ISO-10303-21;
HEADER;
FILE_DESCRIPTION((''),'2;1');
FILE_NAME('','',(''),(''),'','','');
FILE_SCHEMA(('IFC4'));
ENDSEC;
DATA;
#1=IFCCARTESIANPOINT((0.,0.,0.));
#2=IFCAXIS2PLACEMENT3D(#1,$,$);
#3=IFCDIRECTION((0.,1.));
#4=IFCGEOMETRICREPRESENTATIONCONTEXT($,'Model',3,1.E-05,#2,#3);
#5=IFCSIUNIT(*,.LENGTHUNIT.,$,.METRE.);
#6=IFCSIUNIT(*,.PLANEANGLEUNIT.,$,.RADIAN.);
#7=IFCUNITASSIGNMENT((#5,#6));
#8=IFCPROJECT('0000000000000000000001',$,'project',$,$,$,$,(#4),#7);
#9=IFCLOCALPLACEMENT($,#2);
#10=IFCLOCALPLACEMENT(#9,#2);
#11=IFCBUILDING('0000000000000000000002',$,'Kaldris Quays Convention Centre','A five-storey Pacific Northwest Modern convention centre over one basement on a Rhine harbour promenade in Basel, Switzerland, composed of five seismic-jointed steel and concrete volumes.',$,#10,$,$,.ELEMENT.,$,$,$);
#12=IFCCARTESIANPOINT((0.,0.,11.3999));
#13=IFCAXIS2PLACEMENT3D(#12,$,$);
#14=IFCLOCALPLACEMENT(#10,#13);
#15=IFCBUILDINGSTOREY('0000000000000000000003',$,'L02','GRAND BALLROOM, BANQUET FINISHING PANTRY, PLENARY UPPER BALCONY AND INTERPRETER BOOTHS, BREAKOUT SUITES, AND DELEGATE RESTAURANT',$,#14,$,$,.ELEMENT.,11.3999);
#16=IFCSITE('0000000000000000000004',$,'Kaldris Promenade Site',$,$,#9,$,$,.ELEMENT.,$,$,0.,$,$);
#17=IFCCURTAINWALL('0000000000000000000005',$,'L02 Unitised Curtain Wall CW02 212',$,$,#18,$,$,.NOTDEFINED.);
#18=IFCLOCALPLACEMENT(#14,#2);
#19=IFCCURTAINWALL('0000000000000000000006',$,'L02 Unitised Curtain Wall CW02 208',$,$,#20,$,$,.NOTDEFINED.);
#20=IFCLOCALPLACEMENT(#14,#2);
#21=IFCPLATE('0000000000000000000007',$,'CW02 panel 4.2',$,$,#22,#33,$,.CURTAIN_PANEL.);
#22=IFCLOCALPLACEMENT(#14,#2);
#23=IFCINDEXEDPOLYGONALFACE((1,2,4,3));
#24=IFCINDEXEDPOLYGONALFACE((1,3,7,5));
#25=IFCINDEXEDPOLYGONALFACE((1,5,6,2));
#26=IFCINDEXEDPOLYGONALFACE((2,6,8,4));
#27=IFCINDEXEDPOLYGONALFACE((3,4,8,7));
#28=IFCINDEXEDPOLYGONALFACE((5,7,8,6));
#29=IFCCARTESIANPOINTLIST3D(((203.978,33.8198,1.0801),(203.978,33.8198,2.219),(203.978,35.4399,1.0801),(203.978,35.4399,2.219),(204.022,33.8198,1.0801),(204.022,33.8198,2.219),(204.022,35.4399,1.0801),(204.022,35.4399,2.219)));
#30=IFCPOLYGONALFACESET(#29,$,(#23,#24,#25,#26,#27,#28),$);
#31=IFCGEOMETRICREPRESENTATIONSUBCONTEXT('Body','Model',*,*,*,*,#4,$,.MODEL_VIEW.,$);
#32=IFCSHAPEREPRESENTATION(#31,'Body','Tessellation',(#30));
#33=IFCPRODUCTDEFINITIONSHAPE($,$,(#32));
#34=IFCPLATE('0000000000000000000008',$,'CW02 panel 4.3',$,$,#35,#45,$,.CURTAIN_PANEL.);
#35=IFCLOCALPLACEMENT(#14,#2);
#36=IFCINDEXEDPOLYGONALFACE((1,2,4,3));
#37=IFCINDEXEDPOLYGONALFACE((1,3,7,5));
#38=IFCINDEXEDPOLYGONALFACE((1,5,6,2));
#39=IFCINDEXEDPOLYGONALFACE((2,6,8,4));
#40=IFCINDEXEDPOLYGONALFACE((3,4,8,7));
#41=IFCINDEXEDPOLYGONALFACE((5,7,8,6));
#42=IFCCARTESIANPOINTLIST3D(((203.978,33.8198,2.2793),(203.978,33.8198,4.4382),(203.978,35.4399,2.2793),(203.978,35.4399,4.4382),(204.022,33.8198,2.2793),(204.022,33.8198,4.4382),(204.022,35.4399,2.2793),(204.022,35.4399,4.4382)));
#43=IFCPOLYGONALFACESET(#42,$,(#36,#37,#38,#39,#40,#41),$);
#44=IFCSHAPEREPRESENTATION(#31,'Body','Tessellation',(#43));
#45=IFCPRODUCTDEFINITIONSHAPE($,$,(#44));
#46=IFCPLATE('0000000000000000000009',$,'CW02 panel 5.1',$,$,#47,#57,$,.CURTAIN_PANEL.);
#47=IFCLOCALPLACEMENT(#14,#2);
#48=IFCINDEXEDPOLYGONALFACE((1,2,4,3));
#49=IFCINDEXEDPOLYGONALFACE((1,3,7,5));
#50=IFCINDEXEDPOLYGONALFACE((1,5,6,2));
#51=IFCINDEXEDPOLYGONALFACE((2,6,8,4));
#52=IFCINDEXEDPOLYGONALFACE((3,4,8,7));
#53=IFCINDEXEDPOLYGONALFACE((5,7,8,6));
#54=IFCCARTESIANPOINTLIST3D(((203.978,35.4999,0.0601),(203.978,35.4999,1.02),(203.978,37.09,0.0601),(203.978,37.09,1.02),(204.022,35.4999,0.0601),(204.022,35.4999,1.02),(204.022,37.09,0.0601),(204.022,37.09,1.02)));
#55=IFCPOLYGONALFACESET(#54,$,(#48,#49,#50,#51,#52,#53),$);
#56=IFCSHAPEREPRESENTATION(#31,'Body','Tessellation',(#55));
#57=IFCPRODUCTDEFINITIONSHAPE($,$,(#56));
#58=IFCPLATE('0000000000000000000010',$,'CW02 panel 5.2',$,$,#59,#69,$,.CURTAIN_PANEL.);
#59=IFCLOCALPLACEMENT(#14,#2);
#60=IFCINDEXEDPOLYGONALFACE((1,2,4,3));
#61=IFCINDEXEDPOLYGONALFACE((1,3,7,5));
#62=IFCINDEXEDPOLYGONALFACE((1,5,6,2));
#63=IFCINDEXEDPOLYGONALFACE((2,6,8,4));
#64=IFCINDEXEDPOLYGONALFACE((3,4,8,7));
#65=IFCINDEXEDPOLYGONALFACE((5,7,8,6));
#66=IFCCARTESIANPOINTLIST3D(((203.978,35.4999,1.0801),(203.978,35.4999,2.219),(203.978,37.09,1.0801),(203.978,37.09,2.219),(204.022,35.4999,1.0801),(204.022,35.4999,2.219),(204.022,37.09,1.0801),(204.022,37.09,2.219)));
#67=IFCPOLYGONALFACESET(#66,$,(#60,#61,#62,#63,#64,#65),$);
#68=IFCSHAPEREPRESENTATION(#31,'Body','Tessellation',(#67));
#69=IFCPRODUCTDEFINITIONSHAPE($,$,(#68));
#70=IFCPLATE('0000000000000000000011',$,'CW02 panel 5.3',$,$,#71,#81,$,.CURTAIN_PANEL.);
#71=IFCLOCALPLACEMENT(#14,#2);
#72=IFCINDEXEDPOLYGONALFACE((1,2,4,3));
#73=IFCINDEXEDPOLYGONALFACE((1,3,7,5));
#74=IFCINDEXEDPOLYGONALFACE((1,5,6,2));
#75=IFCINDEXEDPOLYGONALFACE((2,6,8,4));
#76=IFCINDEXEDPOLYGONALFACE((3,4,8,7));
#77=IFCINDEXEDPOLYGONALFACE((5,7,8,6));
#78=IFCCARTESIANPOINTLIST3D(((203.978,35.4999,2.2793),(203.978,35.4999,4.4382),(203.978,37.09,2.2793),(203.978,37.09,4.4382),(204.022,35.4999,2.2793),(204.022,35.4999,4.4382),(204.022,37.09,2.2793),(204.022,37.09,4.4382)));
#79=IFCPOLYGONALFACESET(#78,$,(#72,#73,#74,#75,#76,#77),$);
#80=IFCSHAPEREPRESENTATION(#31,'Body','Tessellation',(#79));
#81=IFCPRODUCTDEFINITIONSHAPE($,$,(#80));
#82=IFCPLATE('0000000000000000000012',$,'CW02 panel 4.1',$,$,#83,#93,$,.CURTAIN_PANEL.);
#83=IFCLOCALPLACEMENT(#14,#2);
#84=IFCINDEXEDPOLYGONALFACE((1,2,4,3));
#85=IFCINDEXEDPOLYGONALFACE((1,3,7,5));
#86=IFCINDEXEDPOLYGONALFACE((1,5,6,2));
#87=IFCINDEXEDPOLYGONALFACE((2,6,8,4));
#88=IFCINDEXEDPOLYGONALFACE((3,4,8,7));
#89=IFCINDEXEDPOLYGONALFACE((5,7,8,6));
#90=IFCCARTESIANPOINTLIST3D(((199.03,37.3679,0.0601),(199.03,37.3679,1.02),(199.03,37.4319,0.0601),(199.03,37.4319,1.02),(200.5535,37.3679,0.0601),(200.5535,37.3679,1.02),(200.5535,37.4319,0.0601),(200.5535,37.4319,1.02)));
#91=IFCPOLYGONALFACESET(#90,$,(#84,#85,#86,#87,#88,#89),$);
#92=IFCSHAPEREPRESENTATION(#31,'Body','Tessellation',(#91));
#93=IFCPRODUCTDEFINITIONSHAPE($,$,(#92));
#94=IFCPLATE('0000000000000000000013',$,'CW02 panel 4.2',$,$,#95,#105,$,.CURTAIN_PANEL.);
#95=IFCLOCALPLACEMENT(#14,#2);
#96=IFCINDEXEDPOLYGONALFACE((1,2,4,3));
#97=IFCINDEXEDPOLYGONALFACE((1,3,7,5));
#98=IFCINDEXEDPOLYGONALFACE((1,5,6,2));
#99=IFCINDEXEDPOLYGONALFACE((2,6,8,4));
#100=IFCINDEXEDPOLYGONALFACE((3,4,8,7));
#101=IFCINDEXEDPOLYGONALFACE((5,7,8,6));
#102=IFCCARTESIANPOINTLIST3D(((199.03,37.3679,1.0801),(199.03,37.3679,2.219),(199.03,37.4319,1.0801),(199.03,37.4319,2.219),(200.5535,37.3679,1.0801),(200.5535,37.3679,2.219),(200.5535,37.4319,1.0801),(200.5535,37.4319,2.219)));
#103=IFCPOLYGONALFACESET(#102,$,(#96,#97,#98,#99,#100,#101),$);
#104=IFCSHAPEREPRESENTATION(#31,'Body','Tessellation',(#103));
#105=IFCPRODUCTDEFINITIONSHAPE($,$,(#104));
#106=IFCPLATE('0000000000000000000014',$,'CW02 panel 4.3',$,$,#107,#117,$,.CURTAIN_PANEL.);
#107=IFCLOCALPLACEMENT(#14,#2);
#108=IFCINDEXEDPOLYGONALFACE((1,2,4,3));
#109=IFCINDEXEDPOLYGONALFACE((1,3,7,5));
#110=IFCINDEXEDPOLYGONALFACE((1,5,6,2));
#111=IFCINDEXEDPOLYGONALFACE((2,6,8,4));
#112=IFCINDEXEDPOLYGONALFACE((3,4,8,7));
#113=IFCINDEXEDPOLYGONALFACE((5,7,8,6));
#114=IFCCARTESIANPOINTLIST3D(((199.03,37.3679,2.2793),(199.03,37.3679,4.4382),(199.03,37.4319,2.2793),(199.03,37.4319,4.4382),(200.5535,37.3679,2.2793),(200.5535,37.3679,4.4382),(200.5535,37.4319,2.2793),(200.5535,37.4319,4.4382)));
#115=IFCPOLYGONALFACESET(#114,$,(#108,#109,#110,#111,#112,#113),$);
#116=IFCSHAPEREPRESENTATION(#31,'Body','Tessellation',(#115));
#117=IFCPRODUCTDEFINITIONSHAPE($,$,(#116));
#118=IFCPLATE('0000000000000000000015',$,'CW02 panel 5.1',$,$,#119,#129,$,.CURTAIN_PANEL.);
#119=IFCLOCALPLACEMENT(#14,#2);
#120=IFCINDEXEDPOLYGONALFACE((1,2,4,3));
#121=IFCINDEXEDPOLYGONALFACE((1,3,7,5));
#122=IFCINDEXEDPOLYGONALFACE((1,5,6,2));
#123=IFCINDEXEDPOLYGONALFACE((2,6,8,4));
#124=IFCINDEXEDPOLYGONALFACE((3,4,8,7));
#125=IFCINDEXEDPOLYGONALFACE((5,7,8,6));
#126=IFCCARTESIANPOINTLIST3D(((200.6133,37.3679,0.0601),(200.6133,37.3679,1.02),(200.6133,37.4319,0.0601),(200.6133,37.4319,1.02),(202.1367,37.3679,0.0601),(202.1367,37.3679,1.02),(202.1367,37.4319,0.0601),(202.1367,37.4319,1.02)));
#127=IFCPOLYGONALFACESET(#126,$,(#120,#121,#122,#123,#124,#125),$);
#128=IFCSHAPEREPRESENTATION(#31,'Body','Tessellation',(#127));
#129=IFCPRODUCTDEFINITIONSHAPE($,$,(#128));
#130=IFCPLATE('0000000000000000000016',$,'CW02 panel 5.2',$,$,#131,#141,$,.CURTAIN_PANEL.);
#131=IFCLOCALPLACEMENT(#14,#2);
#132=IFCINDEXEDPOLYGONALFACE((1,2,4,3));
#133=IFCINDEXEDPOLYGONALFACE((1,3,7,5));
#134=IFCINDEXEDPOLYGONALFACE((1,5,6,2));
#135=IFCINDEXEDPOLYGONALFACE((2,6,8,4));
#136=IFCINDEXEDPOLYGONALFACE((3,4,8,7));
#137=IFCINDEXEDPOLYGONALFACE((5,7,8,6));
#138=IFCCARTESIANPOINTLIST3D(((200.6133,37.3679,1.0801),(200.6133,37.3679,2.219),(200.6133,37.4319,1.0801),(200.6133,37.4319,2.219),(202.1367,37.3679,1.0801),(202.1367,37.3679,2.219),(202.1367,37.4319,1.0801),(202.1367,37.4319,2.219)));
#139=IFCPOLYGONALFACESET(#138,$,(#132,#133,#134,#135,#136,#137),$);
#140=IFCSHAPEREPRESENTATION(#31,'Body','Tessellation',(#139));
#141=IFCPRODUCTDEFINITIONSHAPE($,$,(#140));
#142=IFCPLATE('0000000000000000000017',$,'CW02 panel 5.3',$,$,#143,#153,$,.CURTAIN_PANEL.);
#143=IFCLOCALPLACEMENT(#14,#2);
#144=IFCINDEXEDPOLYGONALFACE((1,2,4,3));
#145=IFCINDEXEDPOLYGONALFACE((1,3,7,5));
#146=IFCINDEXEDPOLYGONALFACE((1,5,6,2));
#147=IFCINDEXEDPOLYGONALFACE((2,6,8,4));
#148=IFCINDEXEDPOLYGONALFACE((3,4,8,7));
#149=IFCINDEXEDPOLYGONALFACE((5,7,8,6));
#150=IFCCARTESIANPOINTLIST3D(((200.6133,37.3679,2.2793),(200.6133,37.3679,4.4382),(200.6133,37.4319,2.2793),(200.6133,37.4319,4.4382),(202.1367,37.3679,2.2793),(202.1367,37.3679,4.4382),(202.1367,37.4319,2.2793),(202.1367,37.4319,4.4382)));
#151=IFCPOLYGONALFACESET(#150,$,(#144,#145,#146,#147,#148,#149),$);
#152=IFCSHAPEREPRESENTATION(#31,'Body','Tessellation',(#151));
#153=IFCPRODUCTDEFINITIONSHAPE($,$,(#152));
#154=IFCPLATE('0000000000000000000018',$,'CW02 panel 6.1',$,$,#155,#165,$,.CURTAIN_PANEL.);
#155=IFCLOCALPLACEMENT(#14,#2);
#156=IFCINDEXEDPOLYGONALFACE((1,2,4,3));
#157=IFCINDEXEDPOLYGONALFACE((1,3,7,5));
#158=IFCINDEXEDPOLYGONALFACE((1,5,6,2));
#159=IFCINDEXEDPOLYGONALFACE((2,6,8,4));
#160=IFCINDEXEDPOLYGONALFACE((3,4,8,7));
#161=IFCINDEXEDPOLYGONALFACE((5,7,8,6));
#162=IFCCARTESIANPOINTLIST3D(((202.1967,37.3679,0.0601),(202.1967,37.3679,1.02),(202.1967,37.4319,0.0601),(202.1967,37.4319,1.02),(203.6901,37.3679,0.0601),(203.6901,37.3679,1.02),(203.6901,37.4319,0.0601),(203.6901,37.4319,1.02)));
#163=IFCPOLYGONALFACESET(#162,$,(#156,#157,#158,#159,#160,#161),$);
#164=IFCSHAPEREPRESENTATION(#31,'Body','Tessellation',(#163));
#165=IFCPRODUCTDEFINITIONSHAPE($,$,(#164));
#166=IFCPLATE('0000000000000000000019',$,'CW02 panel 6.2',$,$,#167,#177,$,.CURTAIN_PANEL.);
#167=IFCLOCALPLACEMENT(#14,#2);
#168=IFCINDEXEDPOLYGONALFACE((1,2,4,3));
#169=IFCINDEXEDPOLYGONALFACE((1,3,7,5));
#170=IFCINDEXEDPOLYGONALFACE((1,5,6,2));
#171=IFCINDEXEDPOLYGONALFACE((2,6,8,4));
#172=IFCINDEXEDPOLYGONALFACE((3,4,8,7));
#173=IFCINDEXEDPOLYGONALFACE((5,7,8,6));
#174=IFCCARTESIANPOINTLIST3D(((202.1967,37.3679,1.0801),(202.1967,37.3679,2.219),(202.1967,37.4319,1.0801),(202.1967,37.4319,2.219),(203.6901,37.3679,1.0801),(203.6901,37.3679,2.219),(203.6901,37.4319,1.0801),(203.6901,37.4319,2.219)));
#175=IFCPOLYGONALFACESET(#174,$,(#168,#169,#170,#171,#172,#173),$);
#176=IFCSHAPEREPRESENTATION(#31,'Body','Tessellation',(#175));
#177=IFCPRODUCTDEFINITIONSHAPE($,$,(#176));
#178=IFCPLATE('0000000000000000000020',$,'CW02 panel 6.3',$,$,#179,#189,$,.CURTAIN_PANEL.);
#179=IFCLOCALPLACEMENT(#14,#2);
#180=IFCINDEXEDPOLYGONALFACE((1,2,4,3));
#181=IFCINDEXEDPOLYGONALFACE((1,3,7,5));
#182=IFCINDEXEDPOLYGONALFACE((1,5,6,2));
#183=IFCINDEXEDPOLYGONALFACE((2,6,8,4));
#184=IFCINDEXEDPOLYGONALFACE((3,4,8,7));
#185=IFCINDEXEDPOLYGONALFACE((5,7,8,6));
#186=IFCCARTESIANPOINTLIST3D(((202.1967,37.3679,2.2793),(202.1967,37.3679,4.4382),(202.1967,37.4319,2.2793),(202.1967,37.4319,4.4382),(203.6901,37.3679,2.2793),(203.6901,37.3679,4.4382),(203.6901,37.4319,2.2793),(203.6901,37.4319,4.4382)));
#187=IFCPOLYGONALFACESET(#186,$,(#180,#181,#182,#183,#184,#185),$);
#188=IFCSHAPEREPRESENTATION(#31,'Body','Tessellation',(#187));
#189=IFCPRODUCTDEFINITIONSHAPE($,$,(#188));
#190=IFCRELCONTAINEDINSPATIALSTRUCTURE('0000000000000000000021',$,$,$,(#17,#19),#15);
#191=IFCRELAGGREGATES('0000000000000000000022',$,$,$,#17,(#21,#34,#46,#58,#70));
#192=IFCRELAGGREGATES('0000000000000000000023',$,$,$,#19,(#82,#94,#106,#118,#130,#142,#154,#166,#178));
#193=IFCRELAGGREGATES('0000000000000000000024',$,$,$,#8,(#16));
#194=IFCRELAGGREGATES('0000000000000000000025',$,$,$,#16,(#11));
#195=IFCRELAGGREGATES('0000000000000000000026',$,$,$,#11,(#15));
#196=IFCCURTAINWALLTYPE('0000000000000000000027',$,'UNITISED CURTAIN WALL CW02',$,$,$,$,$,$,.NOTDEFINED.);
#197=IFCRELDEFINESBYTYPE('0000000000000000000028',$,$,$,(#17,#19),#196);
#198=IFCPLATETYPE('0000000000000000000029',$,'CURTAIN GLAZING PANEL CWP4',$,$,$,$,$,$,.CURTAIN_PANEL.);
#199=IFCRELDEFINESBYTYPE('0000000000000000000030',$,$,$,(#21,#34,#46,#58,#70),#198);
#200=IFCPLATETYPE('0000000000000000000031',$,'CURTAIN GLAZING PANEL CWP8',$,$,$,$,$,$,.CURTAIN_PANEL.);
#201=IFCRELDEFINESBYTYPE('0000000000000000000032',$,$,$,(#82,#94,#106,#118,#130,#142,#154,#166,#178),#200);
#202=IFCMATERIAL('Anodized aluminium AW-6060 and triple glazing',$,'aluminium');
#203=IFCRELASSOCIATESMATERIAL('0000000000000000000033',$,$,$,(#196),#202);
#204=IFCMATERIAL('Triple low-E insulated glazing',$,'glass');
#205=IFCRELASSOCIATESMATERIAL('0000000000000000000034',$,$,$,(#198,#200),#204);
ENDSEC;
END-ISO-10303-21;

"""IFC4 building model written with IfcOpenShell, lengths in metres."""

from ifc_helpers import new_model, si_unit, direction, frame, origin, origin_2d, place, context, subcontext, project, spatial, rectangle, extrude, material, type_object, element, aggregate, save


model = new_model("IFC4")

# Units and contexts
model_context = context("Model", 3, precision=1e-05, world=origin(), true_north=direction((0.0, 1.0)))
body_context = subcontext(model_context, "Body", "Model", "MODEL_VIEW")
ifc_project = project(units=[si_unit("LENGTHUNIT", "METRE"), si_unit("PLANEANGLEUNIT", "RADIAN")], contexts=[model_context])

# Site, building, storey
site_placement = place(None, origin())
site = spatial("IfcSite", under=ifc_project, at=site_placement, Name="Kaldris Promenade Site", CompositionType="ELEMENT", RefElevation=0.0)
building_placement = place(site_placement, origin())
building = spatial("IfcBuilding", under=site, at=building_placement, Name="Kaldris Quays Convention Centre", Description="A five-storey Pacific Northwest Modern convention centre over one basement on a Rhine harbour promenade in Basel, Switzerland, composed of five seismic-jointed steel and concrete volumes.", CompositionType="ELEMENT")
storey_placement = place(building_placement, frame((0.0, 0.0, 11.3999)))
storey = spatial("IfcBuildingStorey", under=building, at=storey_placement, Name="L02", Description="GRAND BALLROOM, BANQUET FINISHING PANTRY, PLENARY UPPER BALCONY AND INTERPRETER BOOTHS, BREAKOUT SUITES, AND DELEGATE RESTAURANT", CompositionType="ELEMENT", Elevation=11.3999)

# Curtain walls
ifc_material_1 = material(Name="Anodized aluminium AW-6060 and triple glazing", Category="aluminium")
curtain_wall_type = type_object("IfcCurtainWallType", Name="UNITISED CURTAIN WALL CW02", PredefinedType="NOTDEFINED", material=ifc_material_1)
curtain_wall_1_placement = place(storey_placement, origin())
curtain_wall_1 = element("IfcCurtainWall", 1, at=curtain_wall_1_placement, inside=storey, type_object=curtain_wall_type, Name="L02 Unitised Curtain Wall CW02 212", PredefinedType="NOTDEFINED")
curtain_wall_2_placement = place(storey_placement, origin())
curtain_wall_2 = element("IfcCurtainWall", 2, at=curtain_wall_2_placement, inside=storey, type_object=curtain_wall_type, Name="L02 Unitised Curtain Wall CW02 208", PredefinedType="NOTDEFINED")

# Plates
ifc_material_2 = material(Name="Triple low-E insulated glazing", Category="glass")
plate_type_1 = type_object("IfcPlateType", Name="CURTAIN GLAZING PANEL CWP4", PredefinedType="CURTAIN_PANEL", material=ifc_material_2)
plate_1_placement = place(storey_placement, frame((204.0, 34.6299, 1.0801), z_axis=(0.0, 0.0, 1.0), x_axis=(0.0, 1.0, 0.0)))
plate_1 = element("IfcPlate", 3, at=plate_1_placement, type_object=plate_type_1, Name="CW02 panel 4.2", PredefinedType="CURTAIN_PANEL", context=body_context, shape_type="SweptSolid", body=[
    extrude(rectangle(XDim=1.6201, YDim=0.0439, at=origin_2d()), origin(), (0.0, 0.0, 1.0), 1.1389),
])
plate_2_placement = place(storey_placement, frame((204.0, 34.6299, 2.2793), z_axis=(0.0, 0.0, 1.0), x_axis=(0.0, 1.0, 0.0)))
plate_2 = element("IfcPlate", 4, at=plate_2_placement, type_object=plate_type_1, Name="CW02 panel 4.3", PredefinedType="CURTAIN_PANEL", context=body_context, shape_type="SweptSolid", body=[
    extrude(rectangle(XDim=1.6201, YDim=0.0439, at=origin_2d()), origin(), (0.0, 0.0, 1.0), 2.1589),
])
plate_3_placement = place(storey_placement, frame((204.0, 36.2949, 0.0601), z_axis=(0.0, 0.0, 1.0), x_axis=(0.0, 1.0, 0.0)))
plate_3 = element("IfcPlate", 5, at=plate_3_placement, type_object=plate_type_1, Name="CW02 panel 5.1", PredefinedType="CURTAIN_PANEL", context=body_context, shape_type="SweptSolid", body=[
    extrude(rectangle(XDim=1.5901, YDim=0.0439, at=origin_2d()), origin(), (0.0, 0.0, 1.0), 0.96),
])
plate_4_placement = place(storey_placement, frame((204.0, 36.2949, 1.0801), z_axis=(0.0, 0.0, 1.0), x_axis=(0.0, 1.0, 0.0)))
plate_4 = element("IfcPlate", 6, at=plate_4_placement, type_object=plate_type_1, Name="CW02 panel 5.2", PredefinedType="CURTAIN_PANEL", context=body_context, shape_type="SweptSolid", body=[
    extrude(rectangle(XDim=1.5901, YDim=0.0439, at=origin_2d()), origin(), (0.0, 0.0, 1.0), 1.1389),
])
plate_5_placement = place(storey_placement, frame((204.0, 36.2949, 2.2793), z_axis=(0.0, 0.0, 1.0), x_axis=(0.0, 1.0, 0.0)))
plate_5 = element("IfcPlate", 7, at=plate_5_placement, type_object=plate_type_1, Name="CW02 panel 5.3", PredefinedType="CURTAIN_PANEL", context=body_context, shape_type="SweptSolid", body=[
    extrude(rectangle(XDim=1.5901, YDim=0.0439, at=origin_2d()), origin(), (0.0, 0.0, 1.0), 2.1589),
])
aggregate(curtain_wall_1, [plate_1, plate_2, plate_3, plate_4, plate_5])
plate_type_2 = type_object("IfcPlateType", Name="CURTAIN GLAZING PANEL CWP8", PredefinedType="CURTAIN_PANEL", material=ifc_material_2)
plate_6_placement = place(storey_placement, frame((199.7917, 37.3999, 0.0601), z_axis=(0.0, 0.0, 1.0), x_axis=(1.0, 0.0, 0.0)))
plate_6 = element("IfcPlate", 8, at=plate_6_placement, type_object=plate_type_2, Name="CW02 panel 4.1", PredefinedType="CURTAIN_PANEL", context=body_context, shape_type="SweptSolid", body=[
    extrude(rectangle(XDim=1.5234, YDim=0.064, at=origin_2d()), origin(), (0.0, 0.0, 1.0), 0.96),
])
plate_7_placement = place(storey_placement, frame((199.7917, 37.3999, 1.0801), z_axis=(0.0, 0.0, 1.0), x_axis=(1.0, 0.0, 0.0)))
plate_7 = element("IfcPlate", 9, at=plate_7_placement, type_object=plate_type_2, Name="CW02 panel 4.2", PredefinedType="CURTAIN_PANEL", context=body_context, shape_type="SweptSolid", body=[
    extrude(rectangle(XDim=1.5234, YDim=0.064, at=origin_2d()), origin(), (0.0, 0.0, 1.0), 1.1389),
])
plate_8_placement = place(storey_placement, frame((199.7917, 37.3999, 2.2793), z_axis=(0.0, 0.0, 1.0), x_axis=(1.0, 0.0, 0.0)))
plate_8 = element("IfcPlate", 10, at=plate_8_placement, type_object=plate_type_2, Name="CW02 panel 4.3", PredefinedType="CURTAIN_PANEL", context=body_context, shape_type="SweptSolid", body=[
    extrude(rectangle(XDim=1.5234, YDim=0.064, at=origin_2d()), origin(), (0.0, 0.0, 1.0), 2.1589),
])
plate_9_placement = place(storey_placement, frame((201.375, 37.3999, 0.0601), z_axis=(0.0, 0.0, 1.0), x_axis=(1.0, 0.0, 0.0)))
plate_9 = element("IfcPlate", 11, at=plate_9_placement, type_object=plate_type_2, Name="CW02 panel 5.1", PredefinedType="CURTAIN_PANEL", context=body_context, shape_type="SweptSolid", body=[
    extrude(rectangle(XDim=1.5234, YDim=0.064, at=origin_2d()), origin(), (0.0, 0.0, 1.0), 0.96),
])
plate_10_placement = place(storey_placement, frame((201.375, 37.3999, 1.0801), z_axis=(0.0, 0.0, 1.0), x_axis=(1.0, 0.0, 0.0)))
plate_10 = element("IfcPlate", 12, at=plate_10_placement, type_object=plate_type_2, Name="CW02 panel 5.2", PredefinedType="CURTAIN_PANEL", context=body_context, shape_type="SweptSolid", body=[
    extrude(rectangle(XDim=1.5234, YDim=0.064, at=origin_2d()), origin(), (0.0, 0.0, 1.0), 1.1389),
])
plate_11_placement = place(storey_placement, frame((201.375, 37.3999, 2.2793), z_axis=(0.0, 0.0, 1.0), x_axis=(1.0, 0.0, 0.0)))
plate_11 = element("IfcPlate", 13, at=plate_11_placement, type_object=plate_type_2, Name="CW02 panel 5.3", PredefinedType="CURTAIN_PANEL", context=body_context, shape_type="SweptSolid", body=[
    extrude(rectangle(XDim=1.5234, YDim=0.064, at=origin_2d()), origin(), (0.0, 0.0, 1.0), 2.1589),
])
plate_12_placement = place(storey_placement, frame((202.9434, 37.3999, 0.0601), z_axis=(0.0, 0.0, 1.0), x_axis=(1.0, 0.0, 0.0)))
plate_12 = element("IfcPlate", 14, at=plate_12_placement, type_object=plate_type_2, Name="CW02 panel 6.1", PredefinedType="CURTAIN_PANEL", context=body_context, shape_type="SweptSolid", body=[
    extrude(rectangle(XDim=1.4934, YDim=0.064, at=origin_2d()), origin(), (0.0, 0.0, 1.0), 0.96),
])
plate_13_placement = place(storey_placement, frame((202.9434, 37.3999, 1.0801), z_axis=(0.0, 0.0, 1.0), x_axis=(1.0, 0.0, 0.0)))
plate_13 = element("IfcPlate", 15, at=plate_13_placement, type_object=plate_type_2, Name="CW02 panel 6.2", PredefinedType="CURTAIN_PANEL", context=body_context, shape_type="SweptSolid", body=[
    extrude(rectangle(XDim=1.4934, YDim=0.064, at=origin_2d()), origin(), (0.0, 0.0, 1.0), 1.1389),
])
plate_14_placement = place(storey_placement, frame((202.9434, 37.3999, 2.2793), z_axis=(0.0, 0.0, 1.0), x_axis=(1.0, 0.0, 0.0)))
plate_14 = element("IfcPlate", 16, at=plate_14_placement, type_object=plate_type_2, Name="CW02 panel 6.3", PredefinedType="CURTAIN_PANEL", context=body_context, shape_type="SweptSolid", body=[
    extrude(rectangle(XDim=1.4934, YDim=0.064, at=origin_2d()), origin(), (0.0, 0.0, 1.0), 2.1589),
])
aggregate(curtain_wall_2, [plate_6, plate_7, plate_8, plate_9, plate_10, plate_11, plate_12, plate_13, plate_14])

save(model, "model.ifc")
